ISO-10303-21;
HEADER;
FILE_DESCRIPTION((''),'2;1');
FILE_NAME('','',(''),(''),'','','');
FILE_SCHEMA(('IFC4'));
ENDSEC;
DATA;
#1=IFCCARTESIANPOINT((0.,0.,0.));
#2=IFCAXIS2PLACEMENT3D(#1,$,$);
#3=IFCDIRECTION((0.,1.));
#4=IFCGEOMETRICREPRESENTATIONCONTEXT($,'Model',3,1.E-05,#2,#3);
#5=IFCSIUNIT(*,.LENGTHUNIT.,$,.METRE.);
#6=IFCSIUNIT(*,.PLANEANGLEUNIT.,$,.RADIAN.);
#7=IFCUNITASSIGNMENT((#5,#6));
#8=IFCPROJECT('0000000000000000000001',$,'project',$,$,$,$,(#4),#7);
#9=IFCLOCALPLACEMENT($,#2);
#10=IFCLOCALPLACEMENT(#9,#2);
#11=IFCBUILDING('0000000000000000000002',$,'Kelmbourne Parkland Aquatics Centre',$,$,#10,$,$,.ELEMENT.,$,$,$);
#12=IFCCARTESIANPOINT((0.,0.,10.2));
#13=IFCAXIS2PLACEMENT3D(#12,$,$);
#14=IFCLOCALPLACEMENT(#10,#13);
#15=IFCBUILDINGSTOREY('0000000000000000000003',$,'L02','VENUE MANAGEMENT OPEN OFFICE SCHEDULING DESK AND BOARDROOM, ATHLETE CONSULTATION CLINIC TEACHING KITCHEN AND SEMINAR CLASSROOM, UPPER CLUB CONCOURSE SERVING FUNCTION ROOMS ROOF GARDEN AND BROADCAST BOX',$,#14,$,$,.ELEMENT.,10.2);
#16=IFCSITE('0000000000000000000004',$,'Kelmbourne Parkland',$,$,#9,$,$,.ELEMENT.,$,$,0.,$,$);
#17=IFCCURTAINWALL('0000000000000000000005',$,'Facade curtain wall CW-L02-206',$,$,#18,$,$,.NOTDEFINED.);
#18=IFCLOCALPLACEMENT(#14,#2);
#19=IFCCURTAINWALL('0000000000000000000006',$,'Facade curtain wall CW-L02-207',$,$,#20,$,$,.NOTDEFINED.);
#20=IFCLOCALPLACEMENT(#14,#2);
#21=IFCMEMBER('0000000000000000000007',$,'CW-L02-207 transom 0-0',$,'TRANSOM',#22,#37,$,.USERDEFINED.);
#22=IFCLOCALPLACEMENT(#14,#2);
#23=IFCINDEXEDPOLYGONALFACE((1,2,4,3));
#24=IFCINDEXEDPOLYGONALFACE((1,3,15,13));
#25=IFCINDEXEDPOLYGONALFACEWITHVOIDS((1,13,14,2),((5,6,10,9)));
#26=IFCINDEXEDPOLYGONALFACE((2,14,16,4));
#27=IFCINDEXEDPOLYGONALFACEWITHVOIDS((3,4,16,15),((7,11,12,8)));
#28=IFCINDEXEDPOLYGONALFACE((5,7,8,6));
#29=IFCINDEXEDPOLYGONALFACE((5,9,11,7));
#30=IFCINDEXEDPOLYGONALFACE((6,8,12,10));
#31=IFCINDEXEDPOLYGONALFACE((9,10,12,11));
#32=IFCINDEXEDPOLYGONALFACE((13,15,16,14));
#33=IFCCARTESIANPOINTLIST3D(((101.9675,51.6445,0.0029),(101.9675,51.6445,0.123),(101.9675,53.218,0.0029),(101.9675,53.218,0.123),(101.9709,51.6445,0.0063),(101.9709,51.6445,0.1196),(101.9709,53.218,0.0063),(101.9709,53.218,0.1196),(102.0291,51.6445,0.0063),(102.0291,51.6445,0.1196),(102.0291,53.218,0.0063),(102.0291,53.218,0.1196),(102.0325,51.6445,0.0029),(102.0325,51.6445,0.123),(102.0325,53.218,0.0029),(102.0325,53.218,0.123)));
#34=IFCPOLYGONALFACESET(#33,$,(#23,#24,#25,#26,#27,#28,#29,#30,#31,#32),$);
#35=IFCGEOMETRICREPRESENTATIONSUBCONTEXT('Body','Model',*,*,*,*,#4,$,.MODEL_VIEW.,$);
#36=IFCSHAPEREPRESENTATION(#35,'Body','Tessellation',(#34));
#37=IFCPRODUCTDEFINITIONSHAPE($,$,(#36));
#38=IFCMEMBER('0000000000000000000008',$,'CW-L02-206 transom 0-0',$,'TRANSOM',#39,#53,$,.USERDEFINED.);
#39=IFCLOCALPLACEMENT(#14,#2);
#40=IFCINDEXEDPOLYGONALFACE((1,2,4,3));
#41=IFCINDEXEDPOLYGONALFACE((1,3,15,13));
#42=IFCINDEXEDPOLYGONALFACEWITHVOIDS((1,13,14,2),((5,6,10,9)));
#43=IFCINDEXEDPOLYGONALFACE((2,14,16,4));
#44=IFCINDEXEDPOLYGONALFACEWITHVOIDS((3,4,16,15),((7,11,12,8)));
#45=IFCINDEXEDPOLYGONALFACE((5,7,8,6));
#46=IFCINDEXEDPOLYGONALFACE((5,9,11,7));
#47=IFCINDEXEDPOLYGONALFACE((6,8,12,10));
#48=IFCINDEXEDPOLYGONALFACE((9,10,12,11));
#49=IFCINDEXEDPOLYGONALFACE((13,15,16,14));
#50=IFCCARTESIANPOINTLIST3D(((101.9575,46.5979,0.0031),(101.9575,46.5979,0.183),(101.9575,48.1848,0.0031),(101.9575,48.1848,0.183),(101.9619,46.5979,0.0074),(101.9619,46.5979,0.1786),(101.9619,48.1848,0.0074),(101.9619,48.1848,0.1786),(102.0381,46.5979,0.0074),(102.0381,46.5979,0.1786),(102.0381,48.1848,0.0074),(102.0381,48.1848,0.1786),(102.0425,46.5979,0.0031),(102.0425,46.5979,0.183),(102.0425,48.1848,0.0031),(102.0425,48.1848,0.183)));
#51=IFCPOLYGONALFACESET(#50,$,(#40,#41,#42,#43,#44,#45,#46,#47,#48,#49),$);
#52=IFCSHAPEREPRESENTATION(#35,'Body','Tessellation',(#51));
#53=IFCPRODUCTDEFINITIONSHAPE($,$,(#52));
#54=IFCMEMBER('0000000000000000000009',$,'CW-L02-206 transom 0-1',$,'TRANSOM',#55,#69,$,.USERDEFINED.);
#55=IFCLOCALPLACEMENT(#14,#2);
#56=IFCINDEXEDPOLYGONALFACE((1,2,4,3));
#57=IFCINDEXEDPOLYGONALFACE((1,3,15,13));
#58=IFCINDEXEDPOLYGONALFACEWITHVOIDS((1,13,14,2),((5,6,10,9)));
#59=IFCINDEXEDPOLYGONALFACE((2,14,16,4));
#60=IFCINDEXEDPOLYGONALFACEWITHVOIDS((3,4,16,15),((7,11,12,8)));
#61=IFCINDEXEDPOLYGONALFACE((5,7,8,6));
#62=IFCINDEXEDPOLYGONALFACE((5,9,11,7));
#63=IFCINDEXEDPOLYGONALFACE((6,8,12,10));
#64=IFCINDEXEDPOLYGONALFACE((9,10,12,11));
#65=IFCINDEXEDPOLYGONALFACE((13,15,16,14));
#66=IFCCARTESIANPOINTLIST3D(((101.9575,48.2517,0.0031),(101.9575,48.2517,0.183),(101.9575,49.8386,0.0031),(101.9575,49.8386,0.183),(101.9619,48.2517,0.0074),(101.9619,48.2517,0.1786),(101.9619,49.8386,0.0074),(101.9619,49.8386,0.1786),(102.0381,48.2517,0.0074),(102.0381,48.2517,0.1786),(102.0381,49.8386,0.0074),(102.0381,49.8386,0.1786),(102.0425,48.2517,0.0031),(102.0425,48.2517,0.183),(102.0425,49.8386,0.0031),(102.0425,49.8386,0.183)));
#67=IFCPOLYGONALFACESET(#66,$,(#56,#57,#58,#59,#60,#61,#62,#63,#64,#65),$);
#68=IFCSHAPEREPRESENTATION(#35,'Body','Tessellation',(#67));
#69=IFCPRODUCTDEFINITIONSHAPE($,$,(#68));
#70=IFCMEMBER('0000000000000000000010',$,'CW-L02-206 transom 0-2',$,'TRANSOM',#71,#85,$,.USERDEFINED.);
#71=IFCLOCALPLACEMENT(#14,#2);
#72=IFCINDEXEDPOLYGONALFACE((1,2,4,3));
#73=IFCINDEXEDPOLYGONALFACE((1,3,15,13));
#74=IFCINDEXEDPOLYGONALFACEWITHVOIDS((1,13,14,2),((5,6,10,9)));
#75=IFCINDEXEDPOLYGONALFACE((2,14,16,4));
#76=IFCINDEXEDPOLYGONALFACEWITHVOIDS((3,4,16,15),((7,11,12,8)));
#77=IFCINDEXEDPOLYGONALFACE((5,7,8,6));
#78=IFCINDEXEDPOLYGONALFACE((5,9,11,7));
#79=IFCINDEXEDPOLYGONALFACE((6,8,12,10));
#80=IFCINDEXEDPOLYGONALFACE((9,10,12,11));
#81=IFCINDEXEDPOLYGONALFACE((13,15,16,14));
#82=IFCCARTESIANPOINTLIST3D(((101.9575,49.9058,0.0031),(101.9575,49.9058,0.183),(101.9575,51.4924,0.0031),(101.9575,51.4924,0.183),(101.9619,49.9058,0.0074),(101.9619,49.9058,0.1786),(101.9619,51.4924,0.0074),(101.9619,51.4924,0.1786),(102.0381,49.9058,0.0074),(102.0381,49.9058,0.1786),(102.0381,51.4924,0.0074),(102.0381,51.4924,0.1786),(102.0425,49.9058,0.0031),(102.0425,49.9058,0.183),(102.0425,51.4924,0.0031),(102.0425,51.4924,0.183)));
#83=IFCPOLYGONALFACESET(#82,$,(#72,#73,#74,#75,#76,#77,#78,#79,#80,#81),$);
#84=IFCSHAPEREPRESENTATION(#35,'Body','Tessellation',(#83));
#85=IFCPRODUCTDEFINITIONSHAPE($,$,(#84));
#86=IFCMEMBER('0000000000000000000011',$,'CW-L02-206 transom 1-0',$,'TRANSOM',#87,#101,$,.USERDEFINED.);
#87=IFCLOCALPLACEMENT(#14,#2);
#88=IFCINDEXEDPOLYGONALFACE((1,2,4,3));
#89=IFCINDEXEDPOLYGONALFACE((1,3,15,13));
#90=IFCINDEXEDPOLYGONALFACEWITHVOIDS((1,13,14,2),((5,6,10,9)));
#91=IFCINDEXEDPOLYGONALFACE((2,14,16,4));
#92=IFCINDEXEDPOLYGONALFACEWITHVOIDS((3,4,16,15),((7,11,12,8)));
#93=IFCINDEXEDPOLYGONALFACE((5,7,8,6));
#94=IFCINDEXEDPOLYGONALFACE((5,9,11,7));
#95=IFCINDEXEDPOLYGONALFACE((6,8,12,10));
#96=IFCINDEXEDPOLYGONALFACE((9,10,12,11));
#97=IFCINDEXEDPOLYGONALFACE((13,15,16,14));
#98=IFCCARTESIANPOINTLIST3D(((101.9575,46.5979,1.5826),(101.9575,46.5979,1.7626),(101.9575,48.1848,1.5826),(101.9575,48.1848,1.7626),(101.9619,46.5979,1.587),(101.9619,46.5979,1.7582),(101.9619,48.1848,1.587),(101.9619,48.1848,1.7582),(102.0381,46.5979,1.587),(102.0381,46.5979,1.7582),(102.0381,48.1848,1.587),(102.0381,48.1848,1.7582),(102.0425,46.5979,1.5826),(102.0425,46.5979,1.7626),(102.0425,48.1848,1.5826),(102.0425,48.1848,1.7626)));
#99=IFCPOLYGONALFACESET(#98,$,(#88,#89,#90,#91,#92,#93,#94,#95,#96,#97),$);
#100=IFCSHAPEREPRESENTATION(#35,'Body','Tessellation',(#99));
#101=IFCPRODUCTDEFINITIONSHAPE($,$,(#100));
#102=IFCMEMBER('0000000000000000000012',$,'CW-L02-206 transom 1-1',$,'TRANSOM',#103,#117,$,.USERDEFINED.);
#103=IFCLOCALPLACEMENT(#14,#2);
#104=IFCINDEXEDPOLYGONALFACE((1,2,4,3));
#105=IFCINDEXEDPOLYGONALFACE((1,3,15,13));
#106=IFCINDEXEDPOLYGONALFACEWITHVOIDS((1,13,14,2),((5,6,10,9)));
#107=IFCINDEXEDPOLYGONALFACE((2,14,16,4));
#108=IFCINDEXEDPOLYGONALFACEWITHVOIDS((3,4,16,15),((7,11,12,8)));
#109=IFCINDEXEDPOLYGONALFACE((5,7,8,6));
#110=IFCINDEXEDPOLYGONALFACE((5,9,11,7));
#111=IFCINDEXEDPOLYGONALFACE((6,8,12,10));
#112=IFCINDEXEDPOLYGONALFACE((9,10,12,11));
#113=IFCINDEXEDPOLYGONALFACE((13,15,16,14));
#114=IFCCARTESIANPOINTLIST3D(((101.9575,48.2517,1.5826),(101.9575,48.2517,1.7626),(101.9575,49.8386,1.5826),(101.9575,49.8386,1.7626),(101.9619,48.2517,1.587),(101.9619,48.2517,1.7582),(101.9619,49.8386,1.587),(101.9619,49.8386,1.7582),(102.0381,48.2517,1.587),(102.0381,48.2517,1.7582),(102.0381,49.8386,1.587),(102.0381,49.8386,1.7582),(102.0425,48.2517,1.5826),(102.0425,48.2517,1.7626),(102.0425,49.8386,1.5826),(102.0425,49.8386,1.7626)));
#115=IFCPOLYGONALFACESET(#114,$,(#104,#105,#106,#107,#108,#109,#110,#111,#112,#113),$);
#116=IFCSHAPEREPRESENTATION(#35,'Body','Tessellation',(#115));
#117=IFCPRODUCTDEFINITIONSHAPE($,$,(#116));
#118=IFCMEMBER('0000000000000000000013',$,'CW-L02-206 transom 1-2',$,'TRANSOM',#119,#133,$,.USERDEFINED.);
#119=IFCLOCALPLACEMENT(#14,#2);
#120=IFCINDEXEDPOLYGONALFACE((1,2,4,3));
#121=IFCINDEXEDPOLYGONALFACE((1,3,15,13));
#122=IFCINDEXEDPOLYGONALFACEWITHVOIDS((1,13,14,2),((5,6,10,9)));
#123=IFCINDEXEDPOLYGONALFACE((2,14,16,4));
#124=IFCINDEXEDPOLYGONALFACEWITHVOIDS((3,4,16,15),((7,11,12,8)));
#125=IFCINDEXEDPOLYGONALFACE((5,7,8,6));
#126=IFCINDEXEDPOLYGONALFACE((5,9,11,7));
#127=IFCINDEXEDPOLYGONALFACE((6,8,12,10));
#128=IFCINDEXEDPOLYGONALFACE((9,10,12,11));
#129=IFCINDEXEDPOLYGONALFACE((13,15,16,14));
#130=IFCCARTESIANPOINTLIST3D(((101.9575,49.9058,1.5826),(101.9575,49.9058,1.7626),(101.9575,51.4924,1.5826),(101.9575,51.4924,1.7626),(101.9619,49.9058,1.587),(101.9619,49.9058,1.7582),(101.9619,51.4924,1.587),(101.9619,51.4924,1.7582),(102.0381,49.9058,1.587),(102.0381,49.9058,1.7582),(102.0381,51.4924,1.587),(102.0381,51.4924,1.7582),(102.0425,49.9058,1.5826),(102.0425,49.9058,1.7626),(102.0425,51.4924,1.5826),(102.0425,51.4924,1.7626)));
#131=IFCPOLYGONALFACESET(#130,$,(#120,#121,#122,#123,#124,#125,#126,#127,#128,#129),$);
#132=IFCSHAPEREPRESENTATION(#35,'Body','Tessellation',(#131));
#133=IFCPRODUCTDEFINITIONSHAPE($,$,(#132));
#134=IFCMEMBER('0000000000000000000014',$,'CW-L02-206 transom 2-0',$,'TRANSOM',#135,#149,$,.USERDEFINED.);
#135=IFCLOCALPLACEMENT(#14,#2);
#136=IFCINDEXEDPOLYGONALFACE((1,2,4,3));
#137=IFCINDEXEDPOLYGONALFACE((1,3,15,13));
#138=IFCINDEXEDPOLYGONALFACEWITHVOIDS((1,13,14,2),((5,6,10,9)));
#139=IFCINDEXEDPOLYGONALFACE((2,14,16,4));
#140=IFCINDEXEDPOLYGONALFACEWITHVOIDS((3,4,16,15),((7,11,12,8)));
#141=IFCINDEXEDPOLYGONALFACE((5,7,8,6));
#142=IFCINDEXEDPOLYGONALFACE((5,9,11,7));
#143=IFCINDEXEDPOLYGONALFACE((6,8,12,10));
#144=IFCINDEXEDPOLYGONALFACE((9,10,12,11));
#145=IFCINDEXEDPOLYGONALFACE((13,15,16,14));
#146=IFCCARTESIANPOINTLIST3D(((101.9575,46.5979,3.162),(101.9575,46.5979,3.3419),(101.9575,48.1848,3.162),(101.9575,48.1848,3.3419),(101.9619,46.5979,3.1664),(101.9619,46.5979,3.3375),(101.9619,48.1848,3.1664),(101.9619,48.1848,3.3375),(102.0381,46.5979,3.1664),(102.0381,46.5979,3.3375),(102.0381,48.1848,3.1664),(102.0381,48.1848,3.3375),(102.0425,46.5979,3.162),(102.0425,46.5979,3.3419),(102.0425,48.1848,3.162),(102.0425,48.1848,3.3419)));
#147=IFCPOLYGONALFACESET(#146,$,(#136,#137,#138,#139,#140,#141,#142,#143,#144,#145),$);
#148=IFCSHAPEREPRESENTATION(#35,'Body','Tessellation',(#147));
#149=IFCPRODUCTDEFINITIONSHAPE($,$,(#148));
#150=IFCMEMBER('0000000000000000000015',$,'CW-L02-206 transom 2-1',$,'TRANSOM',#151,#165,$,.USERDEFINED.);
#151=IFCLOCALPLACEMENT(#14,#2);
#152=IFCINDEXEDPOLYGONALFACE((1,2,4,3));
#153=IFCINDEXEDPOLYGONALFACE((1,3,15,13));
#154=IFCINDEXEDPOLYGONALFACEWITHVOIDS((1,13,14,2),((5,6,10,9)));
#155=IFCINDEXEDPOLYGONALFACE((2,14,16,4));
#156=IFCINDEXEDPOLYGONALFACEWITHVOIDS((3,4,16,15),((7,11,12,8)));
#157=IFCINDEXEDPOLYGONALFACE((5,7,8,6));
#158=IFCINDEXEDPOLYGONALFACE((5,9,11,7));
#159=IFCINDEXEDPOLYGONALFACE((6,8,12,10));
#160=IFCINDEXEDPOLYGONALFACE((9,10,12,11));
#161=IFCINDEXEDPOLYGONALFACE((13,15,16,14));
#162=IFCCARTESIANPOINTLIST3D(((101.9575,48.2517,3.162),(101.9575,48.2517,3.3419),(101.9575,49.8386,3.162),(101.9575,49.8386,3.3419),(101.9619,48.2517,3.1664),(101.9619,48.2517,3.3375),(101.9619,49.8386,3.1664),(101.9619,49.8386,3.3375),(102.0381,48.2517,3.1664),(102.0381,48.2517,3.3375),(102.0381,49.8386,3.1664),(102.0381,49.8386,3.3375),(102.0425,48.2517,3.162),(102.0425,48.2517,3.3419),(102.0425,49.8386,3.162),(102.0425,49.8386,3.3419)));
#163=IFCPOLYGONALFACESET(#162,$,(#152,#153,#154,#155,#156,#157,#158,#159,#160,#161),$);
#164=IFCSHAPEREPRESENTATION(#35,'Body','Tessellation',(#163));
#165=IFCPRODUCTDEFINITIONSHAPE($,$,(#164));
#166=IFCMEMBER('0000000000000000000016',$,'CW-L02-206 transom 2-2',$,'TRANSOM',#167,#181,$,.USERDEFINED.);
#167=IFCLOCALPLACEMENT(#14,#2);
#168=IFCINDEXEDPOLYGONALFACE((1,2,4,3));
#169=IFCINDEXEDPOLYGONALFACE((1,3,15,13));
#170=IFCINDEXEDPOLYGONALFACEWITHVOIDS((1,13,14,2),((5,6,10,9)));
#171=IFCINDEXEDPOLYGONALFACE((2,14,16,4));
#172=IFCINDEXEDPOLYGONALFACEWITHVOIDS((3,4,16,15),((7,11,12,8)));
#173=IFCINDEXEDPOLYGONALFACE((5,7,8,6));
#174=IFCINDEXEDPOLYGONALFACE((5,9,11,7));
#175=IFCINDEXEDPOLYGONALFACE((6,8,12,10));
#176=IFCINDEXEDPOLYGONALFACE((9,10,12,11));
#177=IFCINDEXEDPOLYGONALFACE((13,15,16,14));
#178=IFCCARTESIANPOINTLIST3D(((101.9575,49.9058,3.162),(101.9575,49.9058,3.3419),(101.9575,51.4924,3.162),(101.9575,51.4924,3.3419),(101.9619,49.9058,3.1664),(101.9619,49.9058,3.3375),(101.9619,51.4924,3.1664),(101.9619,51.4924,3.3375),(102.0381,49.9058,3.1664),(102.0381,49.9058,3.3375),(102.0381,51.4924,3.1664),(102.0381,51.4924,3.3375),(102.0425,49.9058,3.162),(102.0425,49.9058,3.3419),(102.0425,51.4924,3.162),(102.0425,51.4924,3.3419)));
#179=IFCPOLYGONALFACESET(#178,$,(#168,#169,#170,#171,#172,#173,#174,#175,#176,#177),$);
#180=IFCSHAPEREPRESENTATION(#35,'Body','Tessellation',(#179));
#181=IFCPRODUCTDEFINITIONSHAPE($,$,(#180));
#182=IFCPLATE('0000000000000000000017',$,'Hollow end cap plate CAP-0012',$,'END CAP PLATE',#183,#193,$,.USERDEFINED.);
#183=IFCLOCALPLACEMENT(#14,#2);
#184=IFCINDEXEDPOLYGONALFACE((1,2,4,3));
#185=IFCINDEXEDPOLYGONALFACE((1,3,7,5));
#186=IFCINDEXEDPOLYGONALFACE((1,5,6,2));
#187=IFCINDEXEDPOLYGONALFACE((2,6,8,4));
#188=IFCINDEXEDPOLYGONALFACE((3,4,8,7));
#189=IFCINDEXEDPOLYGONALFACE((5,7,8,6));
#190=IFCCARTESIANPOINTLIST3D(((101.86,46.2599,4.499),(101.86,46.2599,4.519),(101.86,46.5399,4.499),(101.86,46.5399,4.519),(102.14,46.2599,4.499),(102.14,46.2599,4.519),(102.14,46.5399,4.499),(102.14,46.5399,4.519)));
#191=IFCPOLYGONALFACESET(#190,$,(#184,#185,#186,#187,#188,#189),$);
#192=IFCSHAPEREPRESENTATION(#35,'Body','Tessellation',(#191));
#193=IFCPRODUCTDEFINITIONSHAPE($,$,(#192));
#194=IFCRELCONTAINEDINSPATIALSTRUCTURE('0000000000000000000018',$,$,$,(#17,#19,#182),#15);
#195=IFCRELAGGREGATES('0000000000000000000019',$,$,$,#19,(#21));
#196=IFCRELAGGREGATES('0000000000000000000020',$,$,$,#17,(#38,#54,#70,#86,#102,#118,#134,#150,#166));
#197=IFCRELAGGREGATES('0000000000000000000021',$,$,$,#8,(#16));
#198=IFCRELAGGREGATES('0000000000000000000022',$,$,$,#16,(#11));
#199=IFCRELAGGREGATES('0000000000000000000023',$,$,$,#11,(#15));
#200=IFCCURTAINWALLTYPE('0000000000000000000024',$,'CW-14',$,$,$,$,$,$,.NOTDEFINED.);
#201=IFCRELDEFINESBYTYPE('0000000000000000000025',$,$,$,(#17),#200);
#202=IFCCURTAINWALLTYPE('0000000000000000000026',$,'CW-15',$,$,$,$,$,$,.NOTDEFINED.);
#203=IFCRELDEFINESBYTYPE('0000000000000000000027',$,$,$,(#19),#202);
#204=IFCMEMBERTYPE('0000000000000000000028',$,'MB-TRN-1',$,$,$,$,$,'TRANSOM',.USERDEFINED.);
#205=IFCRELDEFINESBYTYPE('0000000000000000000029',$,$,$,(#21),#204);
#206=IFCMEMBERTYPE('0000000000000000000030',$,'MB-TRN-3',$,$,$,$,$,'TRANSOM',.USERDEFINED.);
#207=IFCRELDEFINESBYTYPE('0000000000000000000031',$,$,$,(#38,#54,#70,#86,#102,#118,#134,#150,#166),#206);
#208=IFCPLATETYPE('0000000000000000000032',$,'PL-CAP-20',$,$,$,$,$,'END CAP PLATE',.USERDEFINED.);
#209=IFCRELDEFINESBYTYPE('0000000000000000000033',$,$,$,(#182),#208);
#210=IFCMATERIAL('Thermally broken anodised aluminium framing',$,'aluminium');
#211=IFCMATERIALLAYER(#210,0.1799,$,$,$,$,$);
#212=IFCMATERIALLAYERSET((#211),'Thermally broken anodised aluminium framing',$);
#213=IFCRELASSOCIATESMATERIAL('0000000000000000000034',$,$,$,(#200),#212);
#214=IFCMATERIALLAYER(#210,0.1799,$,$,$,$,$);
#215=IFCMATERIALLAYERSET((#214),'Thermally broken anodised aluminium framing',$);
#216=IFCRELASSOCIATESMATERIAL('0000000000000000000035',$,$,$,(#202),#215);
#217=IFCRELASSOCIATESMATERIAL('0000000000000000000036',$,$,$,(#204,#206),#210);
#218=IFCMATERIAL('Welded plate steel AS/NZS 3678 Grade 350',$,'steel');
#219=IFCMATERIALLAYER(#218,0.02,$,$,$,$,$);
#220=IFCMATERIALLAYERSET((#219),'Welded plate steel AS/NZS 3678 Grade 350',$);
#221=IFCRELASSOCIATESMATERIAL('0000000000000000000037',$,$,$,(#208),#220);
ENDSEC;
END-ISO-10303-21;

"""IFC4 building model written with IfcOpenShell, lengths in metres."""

from ifc_helpers import new_model, si_unit, direction, frame, origin, origin_2d, place, context, subcontext, project, spatial, rectangle, hollow_rectangle, extrude, material, layer, layer_set, material_profile, profile_set, type_object, element, aggregate, save


model = new_model("IFC4")

# Units and contexts
model_context = context("Model", 3, precision=1e-05, world=origin(), true_north=direction((0.0, 1.0)))
body_context = subcontext(model_context, "Body", "Model", "MODEL_VIEW")
ifc_project = project(units=[si_unit("LENGTHUNIT", "METRE"), si_unit("PLANEANGLEUNIT", "RADIAN")], contexts=[model_context])

# Site, building, storey
site_placement = place(None, origin())
site = spatial("IfcSite", under=ifc_project, at=site_placement, Name="Kelmbourne Parkland", CompositionType="ELEMENT", RefElevation=0.0)
building_placement = place(site_placement, origin())
building = spatial("IfcBuilding", under=site, at=building_placement, Name="Kelmbourne Parkland Aquatics Centre", CompositionType="ELEMENT")
storey_placement = place(building_placement, frame((0.0, 0.0, 10.2)))
storey = spatial("IfcBuildingStorey", under=building, at=storey_placement, Name="L02", Description="VENUE MANAGEMENT OPEN OFFICE SCHEDULING DESK AND BOARDROOM, ATHLETE CONSULTATION CLINIC TEACHING KITCHEN AND SEMINAR CLASSROOM, UPPER CLUB CONCOURSE SERVING FUNCTION ROOMS ROOF GARDEN AND BROADCAST BOX", CompositionType="ELEMENT", Elevation=10.2)

# Shared definitions
ifc_material_1 = material(Name="Thermally broken anodised aluminium framing", Category="aluminium")

# Curtain wall
ifc_layer_1 = layer(ifc_material_1, 0.1799)
ifc_layer_set_1 = layer_set([ifc_layer_1], Name="Thermally broken anodised aluminium framing")
curtain_wall_type_1 = type_object("IfcCurtainWallType", Name="CW-14", PredefinedType="NOTDEFINED", material=ifc_layer_set_1)
curtain_wall_1_placement = place(storey_placement, origin())
curtain_wall_1 = element("IfcCurtainWall", 1, at=curtain_wall_1_placement, inside=storey, type_object=curtain_wall_type_1, Name="Facade curtain wall CW-L02-206", PredefinedType="NOTDEFINED")

# Curtain wall
ifc_layer_2 = layer(ifc_material_1, 0.1799)
ifc_layer_set_2 = layer_set([ifc_layer_2], Name="Thermally broken anodised aluminium framing")
curtain_wall_type_2 = type_object("IfcCurtainWallType", Name="CW-15", PredefinedType="NOTDEFINED", material=ifc_layer_set_2)
curtain_wall_2_placement = place(storey_placement, origin())
curtain_wall_2 = element("IfcCurtainWall", 2, at=curtain_wall_2_placement, inside=storey, type_object=curtain_wall_type_2, Name="Facade curtain wall CW-L02-207", PredefinedType="NOTDEFINED")

# Members
ifc_material_profile_1 = material_profile(ifc_material_1, hollow_rectangle(XDim=0.0649, YDim=0.1201, WallThickness=0.0034, at=origin_2d()), Name="CW-T 65x120")
ifc_profile_set_1 = profile_set([ifc_material_profile_1], Name="Thermally broken anodised aluminium framing")
member_type_1 = type_object("IfcMemberType", Name="MB-TRN-1", ElementType="TRANSOM", PredefinedType="USERDEFINED", material=ifc_profile_set_1)
member_1_placement = place(storey_placement, frame((102.0, 51.6445, 0.063), z_axis=(0.0, 1.0, 0.0), x_axis=(-1.0, 0.0, 0.0)))
member_1 = element("IfcMember", 3, at=member_1_placement, type_object=member_type_1, Name="CW-L02-207 transom 0-0", ObjectType="TRANSOM", PredefinedType="USERDEFINED", context=body_context, shape_type="SweptSolid", body=[
    extrude(hollow_rectangle(XDim=0.0649, YDim=0.1201, WallThickness=0.0034, at=origin_2d()), origin(), (0.0, 0.0, 1.0), 1.5735),
])
aggregate(curtain_wall_2, [member_1])
ifc_material_profile_2 = material_profile(ifc_material_1, hollow_rectangle(XDim=0.085, YDim=0.1799, WallThickness=0.0044, at=origin_2d()), Name="CW-T 85x180")
ifc_profile_set_2 = profile_set([ifc_material_profile_2], Name="Thermally broken anodised aluminium framing")
member_type_2 = type_object("IfcMemberType", Name="MB-TRN-3", ElementType="TRANSOM", PredefinedType="USERDEFINED", material=ifc_profile_set_2)
member_2_placement = place(storey_placement, frame((102.0, 46.5979, 0.093), z_axis=(0.0, 1.0, 0.0), x_axis=(-1.0, 0.0, 0.0)))
member_2 = element("IfcMember", 4, at=member_2_placement, type_object=member_type_2, Name="CW-L02-206 transom 0-0", ObjectType="TRANSOM", PredefinedType="USERDEFINED", context=body_context, shape_type="SweptSolid", body=[
    extrude(hollow_rectangle(XDim=0.085, YDim=0.1799, WallThickness=0.0044, at=origin_2d()), origin(), (0.0, 0.0, 1.0), 1.5869),
])
member_3_placement = place(storey_placement, frame((102.0, 48.2517, 0.093), z_axis=(0.0, 1.0, 0.0), x_axis=(-1.0, 0.0, 0.0)))
member_3 = element("IfcMember", 5, at=member_3_placement, type_object=member_type_2, Name="CW-L02-206 transom 0-1", ObjectType="TRANSOM", PredefinedType="USERDEFINED", context=body_context, shape_type="SweptSolid", body=[
    extrude(hollow_rectangle(XDim=0.085, YDim=0.1799, WallThickness=0.0044, at=origin_2d()), origin(), (0.0, 0.0, 1.0), 1.5869),
])
member_4_placement = place(storey_placement, frame((102.0, 49.9058, 0.093), z_axis=(0.0, 1.0, 0.0), x_axis=(-1.0, 0.0, 0.0)))
member_4 = element("IfcMember", 6, at=member_4_placement, type_object=member_type_2, Name="CW-L02-206 transom 0-2", ObjectType="TRANSOM", PredefinedType="USERDEFINED", context=body_context, shape_type="SweptSolid", body=[
    extrude(hollow_rectangle(XDim=0.085, YDim=0.1799, WallThickness=0.0044, at=origin_2d()), origin(), (0.0, 0.0, 1.0), 1.5867),
])
member_5_placement = place(storey_placement, frame((102.0, 46.5979, 1.6726), z_axis=(0.0, 1.0, 0.0), x_axis=(-1.0, 0.0, 0.0)))
member_5 = element("IfcMember", 7, at=member_5_placement, type_object=member_type_2, Name="CW-L02-206 transom 1-0", ObjectType="TRANSOM", PredefinedType="USERDEFINED", context=body_context, shape_type="SweptSolid", body=[
    extrude(hollow_rectangle(XDim=0.085, YDim=0.1799, WallThickness=0.0044, at=origin_2d()), origin(), (0.0, 0.0, 1.0), 1.5869),
])
member_6_placement = place(storey_placement, frame((102.0, 48.2517, 1.6726), z_axis=(0.0, 1.0, 0.0), x_axis=(-1.0, 0.0, 0.0)))
member_6 = element("IfcMember", 8, at=member_6_placement, type_object=member_type_2, Name="CW-L02-206 transom 1-1", ObjectType="TRANSOM", PredefinedType="USERDEFINED", context=body_context, shape_type="SweptSolid", body=[
    extrude(hollow_rectangle(XDim=0.085, YDim=0.1799, WallThickness=0.0044, at=origin_2d()), origin(), (0.0, 0.0, 1.0), 1.5869),
])
member_7_placement = place(storey_placement, frame((102.0, 49.9058, 1.6726), z_axis=(0.0, 1.0, 0.0), x_axis=(-1.0, 0.0, 0.0)))
member_7 = element("IfcMember", 9, at=member_7_placement, type_object=member_type_2, Name="CW-L02-206 transom 1-2", ObjectType="TRANSOM", PredefinedType="USERDEFINED", context=body_context, shape_type="SweptSolid", body=[
    extrude(hollow_rectangle(XDim=0.085, YDim=0.1799, WallThickness=0.0044, at=origin_2d()), origin(), (0.0, 0.0, 1.0), 1.5867),
])
member_8_placement = place(storey_placement, frame((102.0, 46.5979, 3.252), z_axis=(0.0, 1.0, 0.0), x_axis=(-1.0, 0.0, 0.0)))
member_8 = element("IfcMember", 10, at=member_8_placement, type_object=member_type_2, Name="CW-L02-206 transom 2-0", ObjectType="TRANSOM", PredefinedType="USERDEFINED", context=body_context, shape_type="SweptSolid", body=[
    extrude(hollow_rectangle(XDim=0.085, YDim=0.1799, WallThickness=0.0044, at=origin_2d()), origin(), (0.0, 0.0, 1.0), 1.5869),
])
member_9_placement = place(storey_placement, frame((102.0, 48.2517, 3.252), z_axis=(0.0, 1.0, 0.0), x_axis=(-1.0, 0.0, 0.0)))
member_9 = element("IfcMember", 11, at=member_9_placement, type_object=member_type_2, Name="CW-L02-206 transom 2-1", ObjectType="TRANSOM", PredefinedType="USERDEFINED", context=body_context, shape_type="SweptSolid", body=[
    extrude(hollow_rectangle(XDim=0.085, YDim=0.1799, WallThickness=0.0044, at=origin_2d()), origin(), (0.0, 0.0, 1.0), 1.5869),
])
member_10_placement = place(storey_placement, frame((102.0, 49.9058, 3.252), z_axis=(0.0, 1.0, 0.0), x_axis=(-1.0, 0.0, 0.0)))
member_10 = element("IfcMember", 12, at=member_10_placement, type_object=member_type_2, Name="CW-L02-206 transom 2-2", ObjectType="TRANSOM", PredefinedType="USERDEFINED", context=body_context, shape_type="SweptSolid", body=[
    extrude(hollow_rectangle(XDim=0.085, YDim=0.1799, WallThickness=0.0044, at=origin_2d()), origin(), (0.0, 0.0, 1.0), 1.5867),
])

# Plate
ifc_material_2 = material(Name="Welded plate steel AS/NZS 3678 Grade 350", Category="steel")
ifc_layer_3 = layer(ifc_material_2, 0.02)
ifc_layer_set_3 = layer_set([ifc_layer_3], Name="Welded plate steel AS/NZS 3678 Grade 350")
plate_type_1 = type_object("IfcPlateType", Name="PL-CAP-20", ElementType="END CAP PLATE", PredefinedType="USERDEFINED", material=ifc_layer_set_3)
plate_1_placement = place(storey_placement, frame((102.0, 46.3999, 4.499), z_axis=(0.0, 0.0, 1.0), x_axis=(1.0, 0.0, 0.0)))
element("IfcPlate", 13, at=plate_1_placement, inside=storey, type_object=plate_type_1, Name="Hollow end cap plate CAP-0012", ObjectType="END CAP PLATE", PredefinedType="USERDEFINED", context=body_context, shape_type="SweptSolid", body=[
    extrude(rectangle(XDim=0.28, YDim=0.28, at=origin_2d()), origin(), (0.0, 0.0, 1.0), 0.02),
])
aggregate(curtain_wall_1, [member_2, member_3, member_4, member_5, member_6, member_7, member_8, member_9, member_10])

save(model, "model.ifc")
